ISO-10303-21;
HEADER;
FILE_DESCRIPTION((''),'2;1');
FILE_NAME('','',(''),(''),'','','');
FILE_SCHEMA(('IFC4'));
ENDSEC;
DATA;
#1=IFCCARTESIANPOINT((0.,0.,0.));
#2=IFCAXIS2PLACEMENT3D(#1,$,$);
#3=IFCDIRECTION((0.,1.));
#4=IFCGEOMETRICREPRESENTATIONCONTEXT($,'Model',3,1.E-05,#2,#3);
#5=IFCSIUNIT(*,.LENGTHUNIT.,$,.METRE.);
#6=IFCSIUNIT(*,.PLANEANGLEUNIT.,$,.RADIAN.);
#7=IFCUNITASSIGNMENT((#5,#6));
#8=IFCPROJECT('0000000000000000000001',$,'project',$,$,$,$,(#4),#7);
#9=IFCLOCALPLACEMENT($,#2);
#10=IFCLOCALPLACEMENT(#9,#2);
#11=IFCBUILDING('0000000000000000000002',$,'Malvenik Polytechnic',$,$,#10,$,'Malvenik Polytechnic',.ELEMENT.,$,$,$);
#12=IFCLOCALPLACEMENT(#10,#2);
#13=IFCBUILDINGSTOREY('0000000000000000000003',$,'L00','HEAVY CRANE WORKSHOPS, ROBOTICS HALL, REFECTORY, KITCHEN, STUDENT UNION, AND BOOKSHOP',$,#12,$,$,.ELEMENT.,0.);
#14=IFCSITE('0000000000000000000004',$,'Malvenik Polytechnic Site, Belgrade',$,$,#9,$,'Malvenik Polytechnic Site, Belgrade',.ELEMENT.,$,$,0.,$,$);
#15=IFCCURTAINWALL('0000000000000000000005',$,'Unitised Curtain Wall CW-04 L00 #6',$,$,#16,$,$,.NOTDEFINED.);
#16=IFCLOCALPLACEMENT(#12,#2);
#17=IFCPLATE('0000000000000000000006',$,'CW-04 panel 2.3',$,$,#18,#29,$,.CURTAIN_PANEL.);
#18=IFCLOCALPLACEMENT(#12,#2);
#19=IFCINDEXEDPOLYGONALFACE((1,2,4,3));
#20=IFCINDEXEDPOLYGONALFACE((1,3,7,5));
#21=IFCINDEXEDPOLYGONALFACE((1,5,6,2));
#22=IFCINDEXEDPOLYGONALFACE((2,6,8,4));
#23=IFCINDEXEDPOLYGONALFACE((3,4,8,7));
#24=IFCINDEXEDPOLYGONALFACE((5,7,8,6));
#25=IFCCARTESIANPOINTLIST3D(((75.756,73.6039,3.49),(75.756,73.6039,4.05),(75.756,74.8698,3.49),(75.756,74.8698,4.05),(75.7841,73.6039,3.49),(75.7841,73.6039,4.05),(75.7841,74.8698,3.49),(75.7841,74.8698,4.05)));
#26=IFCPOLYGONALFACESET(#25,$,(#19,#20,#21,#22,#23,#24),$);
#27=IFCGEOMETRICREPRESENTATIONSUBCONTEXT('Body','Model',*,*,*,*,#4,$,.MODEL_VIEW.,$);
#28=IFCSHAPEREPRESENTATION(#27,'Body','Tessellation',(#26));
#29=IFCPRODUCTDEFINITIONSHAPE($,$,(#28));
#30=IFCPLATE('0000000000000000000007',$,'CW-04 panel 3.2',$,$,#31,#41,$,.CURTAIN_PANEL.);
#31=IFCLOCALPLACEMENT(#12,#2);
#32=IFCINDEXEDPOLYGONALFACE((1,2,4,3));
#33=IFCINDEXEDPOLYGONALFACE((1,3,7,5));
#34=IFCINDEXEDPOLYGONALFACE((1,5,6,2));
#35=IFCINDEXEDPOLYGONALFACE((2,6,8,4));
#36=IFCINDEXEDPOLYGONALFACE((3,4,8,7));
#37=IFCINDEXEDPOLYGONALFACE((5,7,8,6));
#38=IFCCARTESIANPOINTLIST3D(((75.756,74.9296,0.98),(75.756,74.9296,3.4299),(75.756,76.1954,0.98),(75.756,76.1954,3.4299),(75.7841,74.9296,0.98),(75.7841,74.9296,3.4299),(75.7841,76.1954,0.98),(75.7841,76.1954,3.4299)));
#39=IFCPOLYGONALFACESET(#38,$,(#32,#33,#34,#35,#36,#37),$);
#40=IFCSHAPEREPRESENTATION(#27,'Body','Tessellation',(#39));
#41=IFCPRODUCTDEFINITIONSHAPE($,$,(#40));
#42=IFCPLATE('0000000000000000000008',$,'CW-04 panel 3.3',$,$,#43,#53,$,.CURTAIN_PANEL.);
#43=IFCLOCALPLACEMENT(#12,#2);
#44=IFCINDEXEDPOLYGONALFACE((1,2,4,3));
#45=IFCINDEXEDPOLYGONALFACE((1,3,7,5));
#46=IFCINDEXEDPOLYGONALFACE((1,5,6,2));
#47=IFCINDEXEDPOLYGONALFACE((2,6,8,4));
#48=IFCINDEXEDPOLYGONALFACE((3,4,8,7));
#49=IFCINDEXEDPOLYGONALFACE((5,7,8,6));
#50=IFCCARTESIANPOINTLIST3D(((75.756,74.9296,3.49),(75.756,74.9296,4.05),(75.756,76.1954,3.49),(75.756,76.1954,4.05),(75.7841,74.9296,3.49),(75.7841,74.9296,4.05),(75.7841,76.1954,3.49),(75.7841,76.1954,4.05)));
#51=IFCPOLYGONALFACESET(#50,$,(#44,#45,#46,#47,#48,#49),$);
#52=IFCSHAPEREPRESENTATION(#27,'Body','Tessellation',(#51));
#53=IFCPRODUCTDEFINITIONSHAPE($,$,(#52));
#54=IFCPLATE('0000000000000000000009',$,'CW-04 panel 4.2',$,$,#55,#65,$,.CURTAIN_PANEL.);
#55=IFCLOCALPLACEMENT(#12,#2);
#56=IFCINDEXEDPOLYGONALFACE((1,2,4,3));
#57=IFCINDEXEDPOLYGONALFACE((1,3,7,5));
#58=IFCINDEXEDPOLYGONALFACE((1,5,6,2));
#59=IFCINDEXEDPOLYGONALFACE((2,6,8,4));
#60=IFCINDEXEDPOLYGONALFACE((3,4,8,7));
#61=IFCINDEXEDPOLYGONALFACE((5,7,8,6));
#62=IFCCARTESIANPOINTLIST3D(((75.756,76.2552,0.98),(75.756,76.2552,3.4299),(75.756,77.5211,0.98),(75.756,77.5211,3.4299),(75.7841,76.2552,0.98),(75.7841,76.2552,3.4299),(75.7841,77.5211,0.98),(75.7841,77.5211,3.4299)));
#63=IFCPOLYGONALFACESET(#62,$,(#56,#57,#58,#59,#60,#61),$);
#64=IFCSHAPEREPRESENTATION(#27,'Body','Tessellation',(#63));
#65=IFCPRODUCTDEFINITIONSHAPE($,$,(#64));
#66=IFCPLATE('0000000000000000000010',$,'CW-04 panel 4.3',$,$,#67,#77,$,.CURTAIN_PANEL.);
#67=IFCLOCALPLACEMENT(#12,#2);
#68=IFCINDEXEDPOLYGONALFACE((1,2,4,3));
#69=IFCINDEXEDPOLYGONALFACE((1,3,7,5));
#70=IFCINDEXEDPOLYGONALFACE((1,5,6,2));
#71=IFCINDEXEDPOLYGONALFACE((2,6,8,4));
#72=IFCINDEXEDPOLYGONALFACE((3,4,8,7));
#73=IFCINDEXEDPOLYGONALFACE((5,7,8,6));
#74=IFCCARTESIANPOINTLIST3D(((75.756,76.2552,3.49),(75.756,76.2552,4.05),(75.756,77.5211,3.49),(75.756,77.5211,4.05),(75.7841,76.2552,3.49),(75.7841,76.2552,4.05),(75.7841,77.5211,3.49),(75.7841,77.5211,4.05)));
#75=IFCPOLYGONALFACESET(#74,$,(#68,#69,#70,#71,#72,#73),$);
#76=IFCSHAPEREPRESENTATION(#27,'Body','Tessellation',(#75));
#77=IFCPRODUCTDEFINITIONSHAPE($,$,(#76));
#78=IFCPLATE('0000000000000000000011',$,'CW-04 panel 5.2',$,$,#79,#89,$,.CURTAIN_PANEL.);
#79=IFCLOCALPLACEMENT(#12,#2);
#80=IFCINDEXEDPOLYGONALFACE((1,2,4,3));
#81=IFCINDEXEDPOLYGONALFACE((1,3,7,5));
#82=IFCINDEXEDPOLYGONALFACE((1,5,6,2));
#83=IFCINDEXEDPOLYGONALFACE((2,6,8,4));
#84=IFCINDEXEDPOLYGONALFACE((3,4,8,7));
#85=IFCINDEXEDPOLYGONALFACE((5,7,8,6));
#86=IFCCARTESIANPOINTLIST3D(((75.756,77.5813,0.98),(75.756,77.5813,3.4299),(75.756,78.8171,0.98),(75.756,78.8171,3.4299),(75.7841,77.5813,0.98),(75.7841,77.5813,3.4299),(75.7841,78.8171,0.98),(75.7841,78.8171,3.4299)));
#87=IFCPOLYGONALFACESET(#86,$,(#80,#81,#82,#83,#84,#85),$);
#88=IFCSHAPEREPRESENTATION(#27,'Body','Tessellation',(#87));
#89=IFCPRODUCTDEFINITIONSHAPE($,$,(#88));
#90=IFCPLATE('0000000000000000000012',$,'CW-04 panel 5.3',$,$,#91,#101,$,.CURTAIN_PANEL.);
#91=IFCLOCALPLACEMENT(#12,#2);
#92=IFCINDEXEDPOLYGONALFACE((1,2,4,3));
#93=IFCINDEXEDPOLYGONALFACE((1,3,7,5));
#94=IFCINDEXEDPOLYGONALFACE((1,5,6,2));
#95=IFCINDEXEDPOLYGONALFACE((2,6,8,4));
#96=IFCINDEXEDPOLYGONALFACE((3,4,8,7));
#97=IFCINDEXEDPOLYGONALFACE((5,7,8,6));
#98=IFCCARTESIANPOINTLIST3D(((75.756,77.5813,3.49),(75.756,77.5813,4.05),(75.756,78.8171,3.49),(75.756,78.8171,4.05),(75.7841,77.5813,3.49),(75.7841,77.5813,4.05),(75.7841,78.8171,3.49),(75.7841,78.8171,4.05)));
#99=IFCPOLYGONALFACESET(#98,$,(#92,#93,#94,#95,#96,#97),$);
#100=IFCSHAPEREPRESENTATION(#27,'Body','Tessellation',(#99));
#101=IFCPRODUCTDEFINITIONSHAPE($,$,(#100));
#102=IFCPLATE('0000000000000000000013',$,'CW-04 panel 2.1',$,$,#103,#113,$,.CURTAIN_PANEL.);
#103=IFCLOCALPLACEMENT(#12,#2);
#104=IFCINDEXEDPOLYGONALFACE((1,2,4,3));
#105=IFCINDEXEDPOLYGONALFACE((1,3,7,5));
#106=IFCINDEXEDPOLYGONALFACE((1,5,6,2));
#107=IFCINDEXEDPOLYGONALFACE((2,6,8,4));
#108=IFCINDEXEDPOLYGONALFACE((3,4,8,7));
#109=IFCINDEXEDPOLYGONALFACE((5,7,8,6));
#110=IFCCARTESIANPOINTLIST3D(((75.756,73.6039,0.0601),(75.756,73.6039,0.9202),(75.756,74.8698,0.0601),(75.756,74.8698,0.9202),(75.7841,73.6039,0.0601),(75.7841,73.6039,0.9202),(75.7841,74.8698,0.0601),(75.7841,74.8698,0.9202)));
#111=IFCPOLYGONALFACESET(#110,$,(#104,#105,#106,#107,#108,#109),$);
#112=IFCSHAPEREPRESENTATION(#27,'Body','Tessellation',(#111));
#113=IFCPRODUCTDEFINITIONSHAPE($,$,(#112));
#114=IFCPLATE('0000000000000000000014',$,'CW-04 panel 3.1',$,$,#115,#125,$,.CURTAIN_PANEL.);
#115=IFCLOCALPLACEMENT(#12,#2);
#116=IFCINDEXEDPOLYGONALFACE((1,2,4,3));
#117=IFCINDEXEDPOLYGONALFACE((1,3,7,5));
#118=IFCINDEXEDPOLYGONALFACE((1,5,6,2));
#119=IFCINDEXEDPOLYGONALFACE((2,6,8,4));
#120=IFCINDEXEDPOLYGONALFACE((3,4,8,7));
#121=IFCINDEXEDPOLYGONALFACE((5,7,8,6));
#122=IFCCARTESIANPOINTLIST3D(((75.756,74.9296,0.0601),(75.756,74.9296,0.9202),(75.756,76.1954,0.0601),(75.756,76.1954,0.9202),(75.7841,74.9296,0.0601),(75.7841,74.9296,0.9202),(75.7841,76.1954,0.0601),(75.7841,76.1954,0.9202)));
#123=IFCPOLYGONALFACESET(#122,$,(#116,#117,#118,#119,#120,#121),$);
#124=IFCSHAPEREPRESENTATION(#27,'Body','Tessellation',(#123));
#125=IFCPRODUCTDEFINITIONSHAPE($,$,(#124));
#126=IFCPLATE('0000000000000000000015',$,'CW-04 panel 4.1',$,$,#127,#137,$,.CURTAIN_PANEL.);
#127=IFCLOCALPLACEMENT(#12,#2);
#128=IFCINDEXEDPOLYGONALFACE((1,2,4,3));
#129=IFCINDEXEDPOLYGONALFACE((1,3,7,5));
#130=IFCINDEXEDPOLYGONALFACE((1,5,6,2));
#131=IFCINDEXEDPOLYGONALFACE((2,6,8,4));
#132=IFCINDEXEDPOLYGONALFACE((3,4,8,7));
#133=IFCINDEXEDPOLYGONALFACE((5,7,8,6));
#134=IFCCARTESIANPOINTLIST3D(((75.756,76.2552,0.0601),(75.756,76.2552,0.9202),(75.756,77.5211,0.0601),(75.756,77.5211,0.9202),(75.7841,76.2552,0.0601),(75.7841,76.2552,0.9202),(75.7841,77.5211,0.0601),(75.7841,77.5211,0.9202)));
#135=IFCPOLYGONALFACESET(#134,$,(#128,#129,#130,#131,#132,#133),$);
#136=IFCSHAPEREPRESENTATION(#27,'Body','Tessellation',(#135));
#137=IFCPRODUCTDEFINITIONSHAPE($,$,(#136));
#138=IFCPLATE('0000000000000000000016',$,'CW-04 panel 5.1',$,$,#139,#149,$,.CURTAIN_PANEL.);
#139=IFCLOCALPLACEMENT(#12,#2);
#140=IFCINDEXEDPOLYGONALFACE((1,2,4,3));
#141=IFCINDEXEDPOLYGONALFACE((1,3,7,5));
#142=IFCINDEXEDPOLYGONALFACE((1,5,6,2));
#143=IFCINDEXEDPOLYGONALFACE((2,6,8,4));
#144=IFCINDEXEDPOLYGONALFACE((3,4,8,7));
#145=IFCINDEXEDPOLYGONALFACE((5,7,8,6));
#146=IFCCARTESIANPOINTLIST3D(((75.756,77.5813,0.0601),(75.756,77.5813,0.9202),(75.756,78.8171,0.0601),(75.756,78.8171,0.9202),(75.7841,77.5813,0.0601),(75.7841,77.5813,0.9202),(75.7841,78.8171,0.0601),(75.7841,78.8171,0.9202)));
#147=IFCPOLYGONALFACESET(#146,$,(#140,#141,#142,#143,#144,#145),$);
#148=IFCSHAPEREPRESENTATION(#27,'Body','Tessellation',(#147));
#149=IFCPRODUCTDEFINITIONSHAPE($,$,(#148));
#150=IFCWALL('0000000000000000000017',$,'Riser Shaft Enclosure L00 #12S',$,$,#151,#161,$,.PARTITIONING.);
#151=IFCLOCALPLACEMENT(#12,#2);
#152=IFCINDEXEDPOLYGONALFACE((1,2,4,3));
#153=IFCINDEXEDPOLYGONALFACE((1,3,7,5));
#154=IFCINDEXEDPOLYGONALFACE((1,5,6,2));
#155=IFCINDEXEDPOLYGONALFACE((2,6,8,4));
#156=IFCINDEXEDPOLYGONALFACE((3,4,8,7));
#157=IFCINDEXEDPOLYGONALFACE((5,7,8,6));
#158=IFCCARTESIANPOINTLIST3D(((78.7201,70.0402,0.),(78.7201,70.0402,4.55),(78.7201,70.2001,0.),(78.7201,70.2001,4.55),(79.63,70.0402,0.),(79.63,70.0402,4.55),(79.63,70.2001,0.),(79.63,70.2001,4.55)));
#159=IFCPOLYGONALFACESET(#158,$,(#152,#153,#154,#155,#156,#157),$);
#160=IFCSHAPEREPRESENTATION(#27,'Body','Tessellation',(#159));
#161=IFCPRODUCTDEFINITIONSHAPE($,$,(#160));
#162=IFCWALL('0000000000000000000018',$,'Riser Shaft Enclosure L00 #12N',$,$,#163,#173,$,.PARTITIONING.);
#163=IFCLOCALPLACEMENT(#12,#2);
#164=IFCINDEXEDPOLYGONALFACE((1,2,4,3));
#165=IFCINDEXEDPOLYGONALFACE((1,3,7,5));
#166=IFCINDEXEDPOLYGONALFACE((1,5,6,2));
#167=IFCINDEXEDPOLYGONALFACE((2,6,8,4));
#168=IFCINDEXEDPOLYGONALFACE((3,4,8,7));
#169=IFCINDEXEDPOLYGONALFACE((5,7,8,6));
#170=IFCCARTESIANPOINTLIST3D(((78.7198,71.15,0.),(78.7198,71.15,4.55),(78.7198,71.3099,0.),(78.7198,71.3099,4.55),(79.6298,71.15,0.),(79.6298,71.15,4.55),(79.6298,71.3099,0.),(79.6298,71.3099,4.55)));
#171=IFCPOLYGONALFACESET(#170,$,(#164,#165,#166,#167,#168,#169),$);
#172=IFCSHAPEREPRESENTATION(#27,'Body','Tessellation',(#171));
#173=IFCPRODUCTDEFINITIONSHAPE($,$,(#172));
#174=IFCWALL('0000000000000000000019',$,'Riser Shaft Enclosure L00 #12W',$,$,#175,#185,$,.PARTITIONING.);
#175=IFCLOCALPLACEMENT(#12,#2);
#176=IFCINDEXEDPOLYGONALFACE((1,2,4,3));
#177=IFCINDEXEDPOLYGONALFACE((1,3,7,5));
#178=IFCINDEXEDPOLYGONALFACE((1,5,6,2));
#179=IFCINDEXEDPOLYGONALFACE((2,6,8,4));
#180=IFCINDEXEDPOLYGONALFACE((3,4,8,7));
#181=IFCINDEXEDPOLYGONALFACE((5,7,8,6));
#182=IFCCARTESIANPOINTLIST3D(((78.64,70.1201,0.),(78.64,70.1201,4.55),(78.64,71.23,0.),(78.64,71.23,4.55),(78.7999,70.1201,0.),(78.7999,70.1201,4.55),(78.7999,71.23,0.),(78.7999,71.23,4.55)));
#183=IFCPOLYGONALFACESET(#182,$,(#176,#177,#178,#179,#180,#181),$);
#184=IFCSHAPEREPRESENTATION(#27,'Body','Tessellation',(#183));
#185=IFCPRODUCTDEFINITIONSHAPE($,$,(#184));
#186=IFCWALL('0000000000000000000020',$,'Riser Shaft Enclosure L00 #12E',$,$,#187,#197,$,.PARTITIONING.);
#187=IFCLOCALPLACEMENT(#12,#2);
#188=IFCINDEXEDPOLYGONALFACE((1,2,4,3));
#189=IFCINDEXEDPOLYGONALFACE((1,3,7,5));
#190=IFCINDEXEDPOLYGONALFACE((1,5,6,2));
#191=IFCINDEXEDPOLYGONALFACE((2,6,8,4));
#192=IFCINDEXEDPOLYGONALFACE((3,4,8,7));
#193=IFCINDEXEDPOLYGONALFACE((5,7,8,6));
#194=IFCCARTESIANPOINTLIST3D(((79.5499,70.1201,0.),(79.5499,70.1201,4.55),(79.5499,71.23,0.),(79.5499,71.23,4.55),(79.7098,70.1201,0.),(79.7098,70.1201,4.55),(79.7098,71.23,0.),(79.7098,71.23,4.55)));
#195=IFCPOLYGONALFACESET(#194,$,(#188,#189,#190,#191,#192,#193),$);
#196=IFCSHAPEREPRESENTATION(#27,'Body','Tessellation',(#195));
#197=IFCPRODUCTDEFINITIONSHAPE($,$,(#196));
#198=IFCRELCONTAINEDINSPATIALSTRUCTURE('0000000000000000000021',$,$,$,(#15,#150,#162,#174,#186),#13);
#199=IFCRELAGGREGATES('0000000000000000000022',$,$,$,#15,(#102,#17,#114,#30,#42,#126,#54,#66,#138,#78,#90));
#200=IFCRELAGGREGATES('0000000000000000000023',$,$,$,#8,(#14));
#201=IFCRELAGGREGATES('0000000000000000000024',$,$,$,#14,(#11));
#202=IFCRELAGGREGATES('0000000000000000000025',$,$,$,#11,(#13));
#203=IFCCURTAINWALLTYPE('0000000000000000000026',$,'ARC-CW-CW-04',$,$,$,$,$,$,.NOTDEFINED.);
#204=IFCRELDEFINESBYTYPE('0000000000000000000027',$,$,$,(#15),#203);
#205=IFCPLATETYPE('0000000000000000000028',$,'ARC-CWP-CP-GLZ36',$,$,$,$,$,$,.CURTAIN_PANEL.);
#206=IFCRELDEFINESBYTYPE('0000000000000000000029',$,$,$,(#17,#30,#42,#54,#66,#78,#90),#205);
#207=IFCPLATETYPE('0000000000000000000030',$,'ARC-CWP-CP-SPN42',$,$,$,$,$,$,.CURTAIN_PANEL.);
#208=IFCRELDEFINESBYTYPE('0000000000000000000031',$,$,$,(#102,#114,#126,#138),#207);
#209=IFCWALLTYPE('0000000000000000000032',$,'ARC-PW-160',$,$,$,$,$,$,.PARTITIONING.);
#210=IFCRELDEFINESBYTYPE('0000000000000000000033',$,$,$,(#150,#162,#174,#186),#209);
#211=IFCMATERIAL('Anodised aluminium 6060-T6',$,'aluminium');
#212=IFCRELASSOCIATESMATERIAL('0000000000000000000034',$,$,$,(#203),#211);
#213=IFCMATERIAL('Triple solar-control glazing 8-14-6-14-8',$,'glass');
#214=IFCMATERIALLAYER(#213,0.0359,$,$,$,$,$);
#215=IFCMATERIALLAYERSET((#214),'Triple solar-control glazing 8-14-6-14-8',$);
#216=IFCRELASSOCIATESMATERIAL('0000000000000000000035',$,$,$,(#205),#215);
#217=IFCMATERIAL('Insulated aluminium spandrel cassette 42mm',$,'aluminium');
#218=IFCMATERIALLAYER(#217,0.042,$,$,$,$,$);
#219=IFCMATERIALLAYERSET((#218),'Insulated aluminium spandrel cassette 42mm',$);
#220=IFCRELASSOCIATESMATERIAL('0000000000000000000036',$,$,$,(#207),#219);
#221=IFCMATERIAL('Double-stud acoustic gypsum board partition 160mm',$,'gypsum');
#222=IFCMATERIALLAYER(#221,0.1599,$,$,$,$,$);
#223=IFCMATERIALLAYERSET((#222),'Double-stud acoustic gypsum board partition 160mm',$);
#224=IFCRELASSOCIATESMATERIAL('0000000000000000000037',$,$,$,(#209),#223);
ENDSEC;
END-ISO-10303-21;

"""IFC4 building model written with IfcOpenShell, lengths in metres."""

from ifc_helpers import new_model, si_unit, direction, frame, frame_2d, origin, origin_2d, place, context, subcontext, project, spatial, rectangle, extrude, material, layer, layer_set, type_object, element, aggregate, save


model = new_model("IFC4")

# Units and contexts
model_context = context("Model", 3, precision=1e-05, world=origin(), true_north=direction((0.0, 1.0)))
body_context = subcontext(model_context, "Body", "Model", "MODEL_VIEW")
ifc_project = project(units=[si_unit("LENGTHUNIT", "METRE"), si_unit("PLANEANGLEUNIT", "RADIAN")], contexts=[model_context])

# Site, building, storey
site_placement = place(None, origin())
site = spatial("IfcSite", under=ifc_project, at=site_placement, Name="Malvenik Polytechnic Site, Belgrade", LongName="Malvenik Polytechnic Site, Belgrade", CompositionType="ELEMENT", RefElevation=0.0)
building_placement = place(site_placement, origin())
building = spatial("IfcBuilding", under=site, at=building_placement, Name="Malvenik Polytechnic", LongName="Malvenik Polytechnic", CompositionType="ELEMENT")
storey_placement = place(building_placement, origin())
storey = spatial("IfcBuildingStorey", under=building, at=storey_placement, Name="L00", Description="HEAVY CRANE WORKSHOPS, ROBOTICS HALL, REFECTORY, KITCHEN, STUDENT UNION, AND BOOKSHOP", CompositionType="ELEMENT", Elevation=0.0)

# Curtain wall
ifc_material_1 = material(Name="Anodised aluminium 6060-T6", Category="aluminium")
curtain_wall_type = type_object("IfcCurtainWallType", Name="ARC-CW-CW-04", PredefinedType="NOTDEFINED", material=ifc_material_1)
curtain_wall_placement = place(storey_placement, origin())
curtain_wall = element("IfcCurtainWall", 1, at=curtain_wall_placement, inside=storey, type_object=curtain_wall_type, Name="Unitised Curtain Wall CW-04 L00 #6", PredefinedType="NOTDEFINED")

# Plates
ifc_material_2 = material(Name="Triple solar-control glazing 8-14-6-14-8", Category="glass")
ifc_layer_1 = layer(ifc_material_2, 0.0359)
ifc_layer_set_1 = layer_set([ifc_layer_1], Name="Triple solar-control glazing 8-14-6-14-8")
plate_type_1 = type_object("IfcPlateType", Name="ARC-CWP-CP-GLZ36", PredefinedType="CURTAIN_PANEL", material=ifc_layer_set_1)
plate_1_placement = place(storey_placement, frame((75.77, 74.2368, 3.49), z_axis=(0.0, 0.0, 1.0), x_axis=(0.0, 1.0, 0.0)))
plate_1 = element("IfcPlate", 2, at=plate_1_placement, type_object=plate_type_1, Name="CW-04 panel 2.3", PredefinedType="CURTAIN_PANEL", context=body_context, shape_type="SweptSolid", body=[
    extrude(rectangle(XDim=1.2659, YDim=0.0281, at=origin_2d()), origin(), (0.0, 0.0, 1.0), 0.5601),
])
plate_2_placement = place(storey_placement, frame((75.77, 75.5625, 0.98), z_axis=(0.0, 0.0, 1.0), x_axis=(0.0, 1.0, 0.0)))
plate_2 = element("IfcPlate", 3, at=plate_2_placement, type_object=plate_type_1, Name="CW-04 panel 3.2", PredefinedType="CURTAIN_PANEL", context=body_context, shape_type="SweptSolid", body=[
    extrude(rectangle(XDim=1.2659, YDim=0.0281, at=origin_2d()), origin(), (0.0, 0.0, 1.0), 2.45),
])
plate_3_placement = place(storey_placement, frame((75.77, 75.5625, 3.49), z_axis=(0.0, 0.0, 1.0), x_axis=(0.0, 1.0, 0.0)))
plate_3 = element("IfcPlate", 4, at=plate_3_placement, type_object=plate_type_1, Name="CW-04 panel 3.3", PredefinedType="CURTAIN_PANEL", context=body_context, shape_type="SweptSolid", body=[
    extrude(rectangle(XDim=1.2659, YDim=0.0281, at=origin_2d()), origin(), (0.0, 0.0, 1.0), 0.5601),
])
plate_4_placement = place(storey_placement, frame((75.77, 76.8882, 0.98), z_axis=(0.0, 0.0, 1.0), x_axis=(0.0, 1.0, 0.0)))
plate_4 = element("IfcPlate", 5, at=plate_4_placement, type_object=plate_type_1, Name="CW-04 panel 4.2", PredefinedType="CURTAIN_PANEL", context=body_context, shape_type="SweptSolid", body=[
    extrude(rectangle(XDim=1.2659, YDim=0.0281, at=origin_2d()), origin(), (0.0, 0.0, 1.0), 2.45),
])
plate_5_placement = place(storey_placement, frame((75.77, 76.8882, 3.49), z_axis=(0.0, 0.0, 1.0), x_axis=(0.0, 1.0, 0.0)))
plate_5 = element("IfcPlate", 6, at=plate_5_placement, type_object=plate_type_1, Name="CW-04 panel 4.3", PredefinedType="CURTAIN_PANEL", context=body_context, shape_type="SweptSolid", body=[
    extrude(rectangle(XDim=1.2659, YDim=0.0281, at=origin_2d()), origin(), (0.0, 0.0, 1.0), 0.5601),
])
plate_6_placement = place(storey_placement, frame((75.77, 78.1992, 0.98), z_axis=(0.0, 0.0, 1.0), x_axis=(0.0, 1.0, 0.0)))
plate_6 = element("IfcPlate", 7, at=plate_6_placement, type_object=plate_type_1, Name="CW-04 panel 5.2", PredefinedType="CURTAIN_PANEL", context=body_context, shape_type="SweptSolid", body=[
    extrude(rectangle(XDim=1.2358, YDim=0.0281, at=origin_2d()), origin(), (0.0, 0.0, 1.0), 2.45),
])
plate_7_placement = place(storey_placement, frame((75.77, 78.1992, 3.49), z_axis=(0.0, 0.0, 1.0), x_axis=(0.0, 1.0, 0.0)))
plate_7 = element("IfcPlate", 8, at=plate_7_placement, type_object=plate_type_1, Name="CW-04 panel 5.3", PredefinedType="CURTAIN_PANEL", context=body_context, shape_type="SweptSolid", body=[
    extrude(rectangle(XDim=1.2358, YDim=0.0281, at=origin_2d()), origin(), (0.0, 0.0, 1.0), 0.5601),
])
ifc_material_3 = material(Name="Insulated aluminium spandrel cassette 42mm", Category="aluminium")
ifc_layer_2 = layer(ifc_material_3, 0.042)
ifc_layer_set_2 = layer_set([ifc_layer_2], Name="Insulated aluminium spandrel cassette 42mm")
plate_type_2 = type_object("IfcPlateType", Name="ARC-CWP-CP-SPN42", PredefinedType="CURTAIN_PANEL", material=ifc_layer_set_2)
plate_8_placement = place(storey_placement, frame((75.77, 74.2368, 0.0601), z_axis=(0.0, 0.0, 1.0), x_axis=(0.0, 1.0, 0.0)))
plate_8 = element("IfcPlate", 9, at=plate_8_placement, type_object=plate_type_2, Name="CW-04 panel 2.1", PredefinedType="CURTAIN_PANEL", context=body_context, shape_type="SweptSolid", body=[
    extrude(rectangle(XDim=1.2659, YDim=0.0281, at=origin_2d()), origin(), (0.0, 0.0, 1.0), 0.8601),
])
plate_9_placement = place(storey_placement, frame((75.77, 75.5625, 0.0601), z_axis=(0.0, 0.0, 1.0), x_axis=(0.0, 1.0, 0.0)))
plate_9 = element("IfcPlate", 10, at=plate_9_placement, type_object=plate_type_2, Name="CW-04 panel 3.1", PredefinedType="CURTAIN_PANEL", context=body_context, shape_type="SweptSolid", body=[
    extrude(rectangle(XDim=1.2659, YDim=0.0281, at=origin_2d()), origin(), (0.0, 0.0, 1.0), 0.8601),
])
plate_10_placement = place(storey_placement, frame((75.77, 76.8882, 0.0601), z_axis=(0.0, 0.0, 1.0), x_axis=(0.0, 1.0, 0.0)))
plate_10 = element("IfcPlate", 11, at=plate_10_placement, type_object=plate_type_2, Name="CW-04 panel 4.1", PredefinedType="CURTAIN_PANEL", context=body_context, shape_type="SweptSolid", body=[
    extrude(rectangle(XDim=1.2659, YDim=0.0281, at=origin_2d()), origin(), (0.0, 0.0, 1.0), 0.8601),
])
plate_11_placement = place(storey_placement, frame((75.77, 78.1992, 0.0601), z_axis=(0.0, 0.0, 1.0), x_axis=(0.0, 1.0, 0.0)))
plate_11 = element("IfcPlate", 12, at=plate_11_placement, type_object=plate_type_2, Name="CW-04 panel 5.1", PredefinedType="CURTAIN_PANEL", context=body_context, shape_type="SweptSolid", body=[
    extrude(rectangle(XDim=1.2358, YDim=0.0281, at=origin_2d()), origin(), (0.0, 0.0, 1.0), 0.8601),
])
aggregate(curtain_wall, [plate_8, plate_1, plate_9, plate_2, plate_3, plate_10, plate_4, plate_5, plate_11, plate_6, plate_7])

# Walls
ifc_material_4 = material(Name="Double-stud acoustic gypsum board partition 160mm", Category="gypsum")
ifc_layer_3 = layer(ifc_material_4, 0.1599)
ifc_layer_set_3 = layer_set([ifc_layer_3], Name="Double-stud acoustic gypsum board partition 160mm")
wall_type = type_object("IfcWallType", Name="ARC-PW-160", PredefinedType="PARTITIONING", material=ifc_layer_set_3)
for number, where, z_axis, x_axis, name in (
    (13, (78.72, 70.1201, 0.0), (0.0, 0.0, 1.0), (1.0, 0.0, 0.0), "Riser Shaft Enclosure L00 #12S"),
    (14, (79.6299, 71.23, 0.0), (0.0, 0.0, 1.0), (-1.0, 0.0, 0.0), "Riser Shaft Enclosure L00 #12N"),
):
    element("IfcWall", number, at=place(storey_placement, frame(where, z_axis=z_axis, x_axis=x_axis)), inside=storey, type_object=wall_type, Name=name, PredefinedType="PARTITIONING", context=body_context, shape_type="SweptSolid", body=[
        extrude(rectangle(XDim=0.9099, YDim=0.1599, at=frame_2d((0.4551, 0.0))), origin(), (0.0, 0.0, 1.0), 4.55),
    ])
for number, where, z_axis, x_axis, name in (
    (15, (78.72, 71.23, 0.0), (0.0, 0.0, 1.0), (0.0, -1.0, 0.0), "Riser Shaft Enclosure L00 #12W"),
    (16, (79.6299, 70.1201, 0.0), (0.0, 0.0, 1.0), (0.0, 1.0, 0.0), "Riser Shaft Enclosure L00 #12E"),
):
    element("IfcWall", number, at=place(storey_placement, frame(where, z_axis=z_axis, x_axis=x_axis)), inside=storey, type_object=wall_type, Name=name, PredefinedType="PARTITIONING", context=body_context, shape_type="SweptSolid", body=[
        extrude(rectangle(XDim=1.1099, YDim=0.1599, at=frame_2d((0.5549, 0.0))), origin(), (0.0, 0.0, 1.0), 4.55),
    ])

save(model, "model.ifc")
